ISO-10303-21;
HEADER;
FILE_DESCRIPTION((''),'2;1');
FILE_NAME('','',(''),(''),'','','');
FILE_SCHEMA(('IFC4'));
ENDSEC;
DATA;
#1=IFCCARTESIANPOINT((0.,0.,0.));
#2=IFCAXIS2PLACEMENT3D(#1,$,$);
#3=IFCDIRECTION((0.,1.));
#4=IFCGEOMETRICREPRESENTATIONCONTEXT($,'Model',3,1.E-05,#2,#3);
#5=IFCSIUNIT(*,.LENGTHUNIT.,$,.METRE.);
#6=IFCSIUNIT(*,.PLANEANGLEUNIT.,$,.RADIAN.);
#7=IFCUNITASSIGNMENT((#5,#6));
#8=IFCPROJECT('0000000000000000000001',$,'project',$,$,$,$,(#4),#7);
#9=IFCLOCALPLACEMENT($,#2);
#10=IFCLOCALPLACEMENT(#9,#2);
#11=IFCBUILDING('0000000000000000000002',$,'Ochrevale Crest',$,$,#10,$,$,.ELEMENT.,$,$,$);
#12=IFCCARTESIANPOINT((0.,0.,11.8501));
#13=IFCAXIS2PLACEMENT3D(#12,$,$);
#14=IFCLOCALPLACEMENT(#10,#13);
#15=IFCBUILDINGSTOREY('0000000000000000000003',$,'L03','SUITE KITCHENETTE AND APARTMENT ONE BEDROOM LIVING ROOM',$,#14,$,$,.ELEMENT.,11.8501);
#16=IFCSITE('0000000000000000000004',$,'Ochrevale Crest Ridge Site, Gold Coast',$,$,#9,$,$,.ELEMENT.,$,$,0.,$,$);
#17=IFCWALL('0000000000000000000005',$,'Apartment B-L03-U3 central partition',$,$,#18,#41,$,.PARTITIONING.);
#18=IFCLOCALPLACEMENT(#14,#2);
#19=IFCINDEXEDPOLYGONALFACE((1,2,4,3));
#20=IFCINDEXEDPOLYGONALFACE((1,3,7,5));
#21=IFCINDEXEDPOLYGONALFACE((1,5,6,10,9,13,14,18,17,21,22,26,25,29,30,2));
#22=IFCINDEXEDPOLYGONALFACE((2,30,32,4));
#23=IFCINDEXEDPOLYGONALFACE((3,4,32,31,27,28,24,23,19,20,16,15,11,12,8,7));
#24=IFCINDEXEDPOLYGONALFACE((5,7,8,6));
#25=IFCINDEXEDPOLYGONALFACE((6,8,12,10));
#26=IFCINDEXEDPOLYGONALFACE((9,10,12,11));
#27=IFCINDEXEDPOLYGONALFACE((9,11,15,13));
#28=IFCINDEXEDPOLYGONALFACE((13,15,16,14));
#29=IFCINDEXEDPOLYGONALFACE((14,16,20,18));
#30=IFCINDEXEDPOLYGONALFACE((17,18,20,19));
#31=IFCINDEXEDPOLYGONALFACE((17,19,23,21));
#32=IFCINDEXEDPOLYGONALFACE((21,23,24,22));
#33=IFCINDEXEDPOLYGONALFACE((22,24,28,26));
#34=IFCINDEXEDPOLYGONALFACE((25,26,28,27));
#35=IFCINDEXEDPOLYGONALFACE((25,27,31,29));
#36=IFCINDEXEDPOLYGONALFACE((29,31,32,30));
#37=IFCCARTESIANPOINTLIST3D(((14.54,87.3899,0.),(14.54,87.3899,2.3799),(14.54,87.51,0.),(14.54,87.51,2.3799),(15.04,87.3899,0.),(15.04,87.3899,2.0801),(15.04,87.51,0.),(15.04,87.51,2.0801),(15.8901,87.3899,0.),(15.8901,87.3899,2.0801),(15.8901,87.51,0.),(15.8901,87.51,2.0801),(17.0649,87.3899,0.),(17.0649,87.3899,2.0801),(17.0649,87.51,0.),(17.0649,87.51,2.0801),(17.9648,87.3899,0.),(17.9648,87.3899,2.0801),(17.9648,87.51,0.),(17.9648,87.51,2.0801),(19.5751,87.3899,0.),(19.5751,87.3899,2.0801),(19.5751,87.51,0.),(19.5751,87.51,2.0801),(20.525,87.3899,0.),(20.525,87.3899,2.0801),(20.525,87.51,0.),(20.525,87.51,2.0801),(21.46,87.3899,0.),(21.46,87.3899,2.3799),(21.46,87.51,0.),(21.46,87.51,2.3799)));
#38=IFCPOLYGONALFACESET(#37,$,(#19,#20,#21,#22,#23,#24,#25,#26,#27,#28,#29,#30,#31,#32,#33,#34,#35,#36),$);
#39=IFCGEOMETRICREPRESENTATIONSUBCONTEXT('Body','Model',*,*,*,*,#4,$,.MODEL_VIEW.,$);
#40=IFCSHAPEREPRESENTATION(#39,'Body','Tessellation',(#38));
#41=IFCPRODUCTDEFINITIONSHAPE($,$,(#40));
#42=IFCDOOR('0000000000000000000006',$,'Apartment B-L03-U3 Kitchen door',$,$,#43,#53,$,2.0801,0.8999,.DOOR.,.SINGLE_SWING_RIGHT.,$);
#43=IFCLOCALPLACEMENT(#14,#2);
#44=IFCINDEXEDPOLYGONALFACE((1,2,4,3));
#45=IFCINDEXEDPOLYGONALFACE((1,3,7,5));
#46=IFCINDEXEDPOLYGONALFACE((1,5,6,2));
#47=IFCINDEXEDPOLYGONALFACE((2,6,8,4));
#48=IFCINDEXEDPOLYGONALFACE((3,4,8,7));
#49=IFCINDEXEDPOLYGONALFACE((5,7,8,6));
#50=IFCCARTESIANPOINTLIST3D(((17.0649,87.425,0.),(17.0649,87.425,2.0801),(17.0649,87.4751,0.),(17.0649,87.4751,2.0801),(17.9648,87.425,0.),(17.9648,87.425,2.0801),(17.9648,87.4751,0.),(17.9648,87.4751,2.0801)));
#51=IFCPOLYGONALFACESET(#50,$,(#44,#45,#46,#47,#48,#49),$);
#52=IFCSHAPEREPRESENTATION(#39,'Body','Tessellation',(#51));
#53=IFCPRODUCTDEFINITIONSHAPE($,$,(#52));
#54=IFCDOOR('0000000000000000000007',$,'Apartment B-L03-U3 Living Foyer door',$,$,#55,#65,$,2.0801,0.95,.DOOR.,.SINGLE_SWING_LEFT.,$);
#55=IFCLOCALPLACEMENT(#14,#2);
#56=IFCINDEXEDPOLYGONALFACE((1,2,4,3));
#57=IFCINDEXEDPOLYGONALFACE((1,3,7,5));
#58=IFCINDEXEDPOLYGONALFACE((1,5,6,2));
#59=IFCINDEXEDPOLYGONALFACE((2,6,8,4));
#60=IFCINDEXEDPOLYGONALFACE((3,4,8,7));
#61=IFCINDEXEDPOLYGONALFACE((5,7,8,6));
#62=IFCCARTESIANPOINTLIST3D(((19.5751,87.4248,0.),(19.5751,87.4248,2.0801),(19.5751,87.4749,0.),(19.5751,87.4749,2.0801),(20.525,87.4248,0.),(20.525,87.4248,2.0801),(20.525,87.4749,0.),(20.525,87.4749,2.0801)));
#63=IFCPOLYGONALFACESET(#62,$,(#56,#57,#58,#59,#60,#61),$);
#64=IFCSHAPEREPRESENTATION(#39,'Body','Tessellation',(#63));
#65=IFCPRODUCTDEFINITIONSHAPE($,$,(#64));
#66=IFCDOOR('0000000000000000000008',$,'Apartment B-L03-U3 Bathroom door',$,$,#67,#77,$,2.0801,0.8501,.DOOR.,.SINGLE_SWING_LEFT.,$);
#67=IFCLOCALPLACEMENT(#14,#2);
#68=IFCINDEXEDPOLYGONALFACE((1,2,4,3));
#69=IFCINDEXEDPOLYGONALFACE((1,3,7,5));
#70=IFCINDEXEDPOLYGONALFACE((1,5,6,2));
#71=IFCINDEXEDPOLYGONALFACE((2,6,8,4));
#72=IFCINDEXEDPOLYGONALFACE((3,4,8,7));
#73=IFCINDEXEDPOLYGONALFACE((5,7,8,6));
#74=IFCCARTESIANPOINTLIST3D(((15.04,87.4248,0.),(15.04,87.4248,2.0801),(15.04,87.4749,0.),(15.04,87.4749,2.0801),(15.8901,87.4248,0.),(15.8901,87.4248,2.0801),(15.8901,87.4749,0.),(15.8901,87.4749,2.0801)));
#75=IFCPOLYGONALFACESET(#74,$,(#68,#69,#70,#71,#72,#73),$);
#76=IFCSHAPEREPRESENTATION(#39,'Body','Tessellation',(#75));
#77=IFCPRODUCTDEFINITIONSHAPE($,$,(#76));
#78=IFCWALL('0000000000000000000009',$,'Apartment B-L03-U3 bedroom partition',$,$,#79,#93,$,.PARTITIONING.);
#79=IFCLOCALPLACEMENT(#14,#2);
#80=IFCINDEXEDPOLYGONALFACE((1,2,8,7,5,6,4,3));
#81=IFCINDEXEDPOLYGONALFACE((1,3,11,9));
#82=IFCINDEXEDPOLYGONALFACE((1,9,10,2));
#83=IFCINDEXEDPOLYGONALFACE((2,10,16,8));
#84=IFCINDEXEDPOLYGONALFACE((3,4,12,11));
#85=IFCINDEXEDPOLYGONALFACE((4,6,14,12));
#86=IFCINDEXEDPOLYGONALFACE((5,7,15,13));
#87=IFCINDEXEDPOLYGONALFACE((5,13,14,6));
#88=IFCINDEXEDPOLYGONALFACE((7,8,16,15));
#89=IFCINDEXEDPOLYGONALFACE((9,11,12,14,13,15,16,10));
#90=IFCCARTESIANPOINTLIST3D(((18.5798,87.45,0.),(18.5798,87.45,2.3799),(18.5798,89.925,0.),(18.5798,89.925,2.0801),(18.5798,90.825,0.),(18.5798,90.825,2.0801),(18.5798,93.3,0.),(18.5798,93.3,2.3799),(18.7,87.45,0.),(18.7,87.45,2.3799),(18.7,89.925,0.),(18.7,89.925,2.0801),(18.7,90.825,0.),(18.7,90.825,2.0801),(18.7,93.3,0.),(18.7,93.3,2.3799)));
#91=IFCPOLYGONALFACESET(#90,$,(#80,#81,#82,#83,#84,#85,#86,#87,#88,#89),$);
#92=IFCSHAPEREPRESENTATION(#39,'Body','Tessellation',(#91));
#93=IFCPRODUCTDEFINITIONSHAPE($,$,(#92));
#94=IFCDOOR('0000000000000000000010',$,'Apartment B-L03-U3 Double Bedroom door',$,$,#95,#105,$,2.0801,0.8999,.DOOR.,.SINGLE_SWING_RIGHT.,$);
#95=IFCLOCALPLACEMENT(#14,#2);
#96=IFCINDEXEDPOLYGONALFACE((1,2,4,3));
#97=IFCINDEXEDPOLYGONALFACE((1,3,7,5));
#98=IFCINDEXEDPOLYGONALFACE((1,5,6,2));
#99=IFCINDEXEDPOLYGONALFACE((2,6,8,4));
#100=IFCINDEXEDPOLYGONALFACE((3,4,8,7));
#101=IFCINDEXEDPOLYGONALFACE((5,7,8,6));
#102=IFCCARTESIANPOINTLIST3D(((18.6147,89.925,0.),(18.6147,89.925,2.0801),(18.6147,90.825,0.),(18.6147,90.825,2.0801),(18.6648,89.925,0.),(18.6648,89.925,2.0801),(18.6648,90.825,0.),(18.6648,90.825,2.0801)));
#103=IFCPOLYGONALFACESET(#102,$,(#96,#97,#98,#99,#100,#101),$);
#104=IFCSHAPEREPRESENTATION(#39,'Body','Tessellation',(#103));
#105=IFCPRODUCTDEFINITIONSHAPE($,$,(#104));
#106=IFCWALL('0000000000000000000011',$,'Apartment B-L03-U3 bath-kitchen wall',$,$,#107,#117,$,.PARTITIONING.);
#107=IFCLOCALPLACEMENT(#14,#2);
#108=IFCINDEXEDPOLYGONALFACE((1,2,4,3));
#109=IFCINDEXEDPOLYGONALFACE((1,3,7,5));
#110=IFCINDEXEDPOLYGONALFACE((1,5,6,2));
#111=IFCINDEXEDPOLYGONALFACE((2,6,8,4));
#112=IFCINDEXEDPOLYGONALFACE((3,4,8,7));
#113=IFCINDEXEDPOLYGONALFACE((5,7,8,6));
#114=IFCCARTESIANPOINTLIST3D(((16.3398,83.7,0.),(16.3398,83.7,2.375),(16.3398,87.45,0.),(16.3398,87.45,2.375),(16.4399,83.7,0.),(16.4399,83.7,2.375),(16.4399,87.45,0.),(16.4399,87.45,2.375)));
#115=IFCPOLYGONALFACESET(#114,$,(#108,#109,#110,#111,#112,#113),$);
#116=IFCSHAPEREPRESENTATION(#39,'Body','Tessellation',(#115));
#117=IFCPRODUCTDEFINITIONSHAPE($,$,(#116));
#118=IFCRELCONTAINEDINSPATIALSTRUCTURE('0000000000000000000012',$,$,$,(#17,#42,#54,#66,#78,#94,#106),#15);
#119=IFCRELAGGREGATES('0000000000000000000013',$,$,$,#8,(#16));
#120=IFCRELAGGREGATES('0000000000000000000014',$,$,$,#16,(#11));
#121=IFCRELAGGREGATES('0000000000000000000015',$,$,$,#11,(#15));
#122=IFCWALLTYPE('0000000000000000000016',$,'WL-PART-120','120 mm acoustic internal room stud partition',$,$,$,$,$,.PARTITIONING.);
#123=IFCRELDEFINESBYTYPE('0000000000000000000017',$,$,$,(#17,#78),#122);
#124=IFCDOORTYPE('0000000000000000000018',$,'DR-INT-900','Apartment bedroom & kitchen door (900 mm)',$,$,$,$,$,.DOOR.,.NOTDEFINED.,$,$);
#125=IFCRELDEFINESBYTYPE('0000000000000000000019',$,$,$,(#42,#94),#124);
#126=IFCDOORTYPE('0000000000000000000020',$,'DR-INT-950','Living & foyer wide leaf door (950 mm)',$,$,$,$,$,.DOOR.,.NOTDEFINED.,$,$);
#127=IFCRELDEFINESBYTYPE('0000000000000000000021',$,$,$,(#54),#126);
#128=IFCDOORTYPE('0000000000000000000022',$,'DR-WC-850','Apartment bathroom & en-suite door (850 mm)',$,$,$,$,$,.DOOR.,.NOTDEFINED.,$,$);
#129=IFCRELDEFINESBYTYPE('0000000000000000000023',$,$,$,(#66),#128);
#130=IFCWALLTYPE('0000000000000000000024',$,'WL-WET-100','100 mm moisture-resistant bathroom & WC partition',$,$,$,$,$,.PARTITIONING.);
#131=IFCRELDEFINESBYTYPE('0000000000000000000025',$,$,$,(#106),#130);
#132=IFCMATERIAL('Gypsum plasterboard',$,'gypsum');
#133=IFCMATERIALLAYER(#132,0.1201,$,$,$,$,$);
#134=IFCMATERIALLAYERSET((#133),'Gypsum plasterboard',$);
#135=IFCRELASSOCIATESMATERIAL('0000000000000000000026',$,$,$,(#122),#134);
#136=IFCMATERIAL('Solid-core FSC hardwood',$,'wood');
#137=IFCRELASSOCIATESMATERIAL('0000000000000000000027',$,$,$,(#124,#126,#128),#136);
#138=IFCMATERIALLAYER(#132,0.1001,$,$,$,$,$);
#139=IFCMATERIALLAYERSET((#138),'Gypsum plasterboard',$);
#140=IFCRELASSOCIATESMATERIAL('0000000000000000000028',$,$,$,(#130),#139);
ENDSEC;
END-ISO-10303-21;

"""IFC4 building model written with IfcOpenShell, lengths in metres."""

from ifc_helpers import new_model, si_unit, direction, frame, frame_2d, origin, place, context, subcontext, project, spatial, rectangle, extrude, material, layer, layer_set, type_object, element, fill, save


model = new_model("IFC4")

# Units and contexts
model_context = context("Model", 3, precision=1e-05, world=origin(), true_north=direction((0.0, 1.0)))
body_context = subcontext(model_context, "Body", "Model", "MODEL_VIEW")
ifc_project = project(units=[si_unit("LENGTHUNIT", "METRE"), si_unit("PLANEANGLEUNIT", "RADIAN")], contexts=[model_context])

# Site, building, storey
site_placement = place(None, origin())
site = spatial("IfcSite", under=ifc_project, at=site_placement, Name="Ochrevale Crest Ridge Site, Gold Coast", CompositionType="ELEMENT", RefElevation=0.0)
building_placement = place(site_placement, origin())
building = spatial("IfcBuilding", under=site, at=building_placement, Name="Ochrevale Crest", CompositionType="ELEMENT")
storey_placement = place(building_placement, frame((0.0, 0.0, 11.8501)))
storey = spatial("IfcBuildingStorey", under=building, at=storey_placement, Name="L03", Description="SUITE KITCHENETTE AND APARTMENT ONE BEDROOM LIVING ROOM", CompositionType="ELEMENT", Elevation=11.8501)

# Shared definitions
ifc_material_1 = material(Name="Gypsum plasterboard", Category="gypsum")
ifc_material_2 = material(Name="Solid-core FSC hardwood", Category="wood")

# Shared definitions
ifc_layer_1 = layer(ifc_material_1, 0.1201)
ifc_layer_set_1 = layer_set([ifc_layer_1], Name="Gypsum plasterboard")
wall_type_1 = type_object("IfcWallType", Name="WL-PART-120", Description="120 mm acoustic internal room stud partition", PredefinedType="PARTITIONING", material=ifc_layer_set_1)

# Wall, openings, doors
wall_1_placement = place(storey_placement, frame((14.54, 87.45, 0.0), z_axis=(0.0, 0.0, 1.0), x_axis=(1.0, 0.0, 0.0)))
wall_1 = element("IfcWall", 1, at=wall_1_placement, inside=storey, type_object=wall_type_1, Name="Apartment B-L03-U3 central partition", PredefinedType="PARTITIONING", context=body_context, shape_type="SweptSolid", body=[
    extrude(rectangle(XDim=6.9199, YDim=0.1201, at=frame_2d((3.46, 0.0))), origin(), (0.0, 0.0, 1.0), 2.3799),
])
opening_1_placement = place(wall_1_placement, frame((0.5, 0.0, 0.0)))
opening_1 = element("IfcOpeningElement", 2, at=opening_1_placement, cuts=wall_1, PredefinedType="OPENING", context=body_context, shape_type="SweptSolid", body=[
    extrude(rectangle(XDim=0.8501, YDim=2.0801, at=frame_2d((0.425, 1.04))), frame((0.0, 0.0701, 0.0), z_axis=(0.0, -1.0, 0.0), x_axis=(1.0, 0.0, 0.0)), (0.0, 0.0, 1.0), 0.1401),
])
opening_2_placement = place(wall_1_placement, frame((3.4248, 0.0, 0.0), z_axis=(0.0, 0.0, 1.0), x_axis=(-1.0, 0.0, 0.0)))
opening_2 = element("IfcOpeningElement", 3, at=opening_2_placement, cuts=wall_1, PredefinedType="OPENING", context=body_context, shape_type="SweptSolid", body=[
    extrude(rectangle(XDim=0.8999, YDim=2.0801, at=frame_2d((0.45, 1.04))), frame((0.0, 0.0701, 0.0), z_axis=(0.0, -1.0, 0.0), x_axis=(1.0, 0.0, 0.0)), (0.0, 0.0, 1.0), 0.1401),
])
opening_3_placement = place(wall_1_placement, frame((5.0349, 0.0, 0.0)))
opening_3 = element("IfcOpeningElement", 4, at=opening_3_placement, cuts=wall_1, PredefinedType="OPENING", context=body_context, shape_type="SweptSolid", body=[
    extrude(rectangle(XDim=0.95, YDim=2.0801, at=frame_2d((0.4751, 1.04))), frame((0.0, 0.0701, 0.0), z_axis=(0.0, -1.0, 0.0), x_axis=(1.0, 0.0, 0.0)), (0.0, 0.0, 1.0), 0.1401),
])
door_type_1 = type_object("IfcDoorType", Name="DR-INT-900", Description="Apartment bedroom & kitchen door (900 mm)", OperationType="NOTDEFINED", PredefinedType="DOOR", material=ifc_material_2)
door_1_placement = place(opening_2_placement, origin())
door_1 = element("IfcDoor", 5, at=door_1_placement, inside=storey, type_object=door_type_1, Name="Apartment B-L03-U3 Kitchen door", OperationType="SINGLE_SWING_RIGHT", OverallHeight=2.0801, OverallWidth=0.8999, PredefinedType="DOOR", context=body_context, shape_type="SweptSolid", body=[
    extrude(rectangle(XDim=0.8999, YDim=2.0801, at=frame_2d((0.45, 1.04))), frame((0.0, 0.0249, 0.0), z_axis=(0.0, -1.0, 0.0), x_axis=(1.0, 0.0, 0.0)), (0.0, 0.0, 1.0), 0.05),
])
fill(opening_2, door_1)
door_type_2 = type_object("IfcDoorType", Name="DR-INT-950", Description="Living & foyer wide leaf door (950 mm)", OperationType="NOTDEFINED", PredefinedType="DOOR", material=ifc_material_2)
door_2_placement = place(opening_3_placement, origin())
door_2 = element("IfcDoor", 6, at=door_2_placement, inside=storey, type_object=door_type_2, Name="Apartment B-L03-U3 Living Foyer door", OperationType="SINGLE_SWING_LEFT", OverallHeight=2.0801, OverallWidth=0.95, PredefinedType="DOOR", context=body_context, shape_type="SweptSolid", body=[
    extrude(rectangle(XDim=0.95, YDim=2.0801, at=frame_2d((0.4751, 1.04))), frame((0.0, 0.0249, 0.0), z_axis=(0.0, -1.0, 0.0), x_axis=(1.0, 0.0, 0.0)), (0.0, 0.0, 1.0), 0.05),
])
fill(opening_3, door_2)
door_type_3 = type_object("IfcDoorType", Name="DR-WC-850", Description="Apartment bathroom & en-suite door (850 mm)", OperationType="NOTDEFINED", PredefinedType="DOOR", material=ifc_material_2)
door_3_placement = place(opening_1_placement, origin())
door_3 = element("IfcDoor", 7, at=door_3_placement, inside=storey, type_object=door_type_3, Name="Apartment B-L03-U3 Bathroom door", OperationType="SINGLE_SWING_LEFT", OverallHeight=2.0801, OverallWidth=0.8501, PredefinedType="DOOR", context=body_context, shape_type="SweptSolid", body=[
    extrude(rectangle(XDim=0.8501, YDim=2.0801, at=frame_2d((0.425, 1.04))), frame((0.0, 0.0249, 0.0), z_axis=(0.0, -1.0, 0.0), x_axis=(1.0, 0.0, 0.0)), (0.0, 0.0, 1.0), 0.05),
])
fill(opening_1, door_3)

# Wall, opening, door
wall_2_placement = place(storey_placement, frame((18.6399, 87.45, 0.0), z_axis=(0.0, 0.0, 1.0), x_axis=(0.0, 1.0, 0.0)))
wall_2 = element("IfcWall", 8, at=wall_2_placement, inside=storey, type_object=wall_type_1, Name="Apartment B-L03-U3 bedroom partition", PredefinedType="PARTITIONING", context=body_context, shape_type="SweptSolid", body=[
    extrude(rectangle(XDim=5.8501, YDim=0.1201, at=frame_2d((2.925, 0.0))), origin(), (0.0, 0.0, 1.0), 2.3799),
])
opening_4_placement = place(wall_2_placement, frame((3.375, 0.0, 0.0), z_axis=(0.0, 0.0, 1.0), x_axis=(-1.0, 0.0, 0.0)))
opening_4 = element("IfcOpeningElement", 9, at=opening_4_placement, cuts=wall_2, PredefinedType="OPENING", context=body_context, shape_type="SweptSolid", body=[
    extrude(rectangle(XDim=0.8999, YDim=2.0801, at=frame_2d((0.45, 1.04))), frame((0.0, 0.0701, 0.0), z_axis=(0.0, -1.0, 0.0), x_axis=(1.0, 0.0, 0.0)), (0.0, 0.0, 1.0), 0.1401),
])
door_4_placement = place(opening_4_placement, origin())
door_4 = element("IfcDoor", 10, at=door_4_placement, inside=storey, type_object=door_type_1, Name="Apartment B-L03-U3 Double Bedroom door", OperationType="SINGLE_SWING_RIGHT", OverallHeight=2.0801, OverallWidth=0.8999, PredefinedType="DOOR", context=body_context, shape_type="SweptSolid", body=[
    extrude(rectangle(XDim=0.8999, YDim=2.0801, at=frame_2d((0.45, 1.04))), frame((0.0, 0.0249, 0.0), z_axis=(0.0, -1.0, 0.0), x_axis=(1.0, 0.0, 0.0)), (0.0, 0.0, 1.0), 0.05),
])
fill(opening_4, door_4)

# Wall
ifc_layer_2 = layer(ifc_material_1, 0.1001)
ifc_layer_set_2 = layer_set([ifc_layer_2], Name="Gypsum plasterboard")
wall_type_2 = type_object("IfcWallType", Name="WL-WET-100", Description="100 mm moisture-resistant bathroom & WC partition", PredefinedType="PARTITIONING", material=ifc_layer_set_2)
wall_3_placement = place(storey_placement, frame((16.3899, 83.7, 0.0), z_axis=(0.0, 0.0, 1.0), x_axis=(0.0, 1.0, 0.0)))
element("IfcWall", 11, at=wall_3_placement, inside=storey, type_object=wall_type_2, Name="Apartment B-L03-U3 bath-kitchen wall", PredefinedType="PARTITIONING", context=body_context, shape_type="SweptSolid", body=[
    extrude(rectangle(XDim=3.75, YDim=0.1001, at=frame_2d((1.875, 0.0))), origin(), (0.0, 0.0, 1.0), 2.375),
])

save(model, "model.ifc")
